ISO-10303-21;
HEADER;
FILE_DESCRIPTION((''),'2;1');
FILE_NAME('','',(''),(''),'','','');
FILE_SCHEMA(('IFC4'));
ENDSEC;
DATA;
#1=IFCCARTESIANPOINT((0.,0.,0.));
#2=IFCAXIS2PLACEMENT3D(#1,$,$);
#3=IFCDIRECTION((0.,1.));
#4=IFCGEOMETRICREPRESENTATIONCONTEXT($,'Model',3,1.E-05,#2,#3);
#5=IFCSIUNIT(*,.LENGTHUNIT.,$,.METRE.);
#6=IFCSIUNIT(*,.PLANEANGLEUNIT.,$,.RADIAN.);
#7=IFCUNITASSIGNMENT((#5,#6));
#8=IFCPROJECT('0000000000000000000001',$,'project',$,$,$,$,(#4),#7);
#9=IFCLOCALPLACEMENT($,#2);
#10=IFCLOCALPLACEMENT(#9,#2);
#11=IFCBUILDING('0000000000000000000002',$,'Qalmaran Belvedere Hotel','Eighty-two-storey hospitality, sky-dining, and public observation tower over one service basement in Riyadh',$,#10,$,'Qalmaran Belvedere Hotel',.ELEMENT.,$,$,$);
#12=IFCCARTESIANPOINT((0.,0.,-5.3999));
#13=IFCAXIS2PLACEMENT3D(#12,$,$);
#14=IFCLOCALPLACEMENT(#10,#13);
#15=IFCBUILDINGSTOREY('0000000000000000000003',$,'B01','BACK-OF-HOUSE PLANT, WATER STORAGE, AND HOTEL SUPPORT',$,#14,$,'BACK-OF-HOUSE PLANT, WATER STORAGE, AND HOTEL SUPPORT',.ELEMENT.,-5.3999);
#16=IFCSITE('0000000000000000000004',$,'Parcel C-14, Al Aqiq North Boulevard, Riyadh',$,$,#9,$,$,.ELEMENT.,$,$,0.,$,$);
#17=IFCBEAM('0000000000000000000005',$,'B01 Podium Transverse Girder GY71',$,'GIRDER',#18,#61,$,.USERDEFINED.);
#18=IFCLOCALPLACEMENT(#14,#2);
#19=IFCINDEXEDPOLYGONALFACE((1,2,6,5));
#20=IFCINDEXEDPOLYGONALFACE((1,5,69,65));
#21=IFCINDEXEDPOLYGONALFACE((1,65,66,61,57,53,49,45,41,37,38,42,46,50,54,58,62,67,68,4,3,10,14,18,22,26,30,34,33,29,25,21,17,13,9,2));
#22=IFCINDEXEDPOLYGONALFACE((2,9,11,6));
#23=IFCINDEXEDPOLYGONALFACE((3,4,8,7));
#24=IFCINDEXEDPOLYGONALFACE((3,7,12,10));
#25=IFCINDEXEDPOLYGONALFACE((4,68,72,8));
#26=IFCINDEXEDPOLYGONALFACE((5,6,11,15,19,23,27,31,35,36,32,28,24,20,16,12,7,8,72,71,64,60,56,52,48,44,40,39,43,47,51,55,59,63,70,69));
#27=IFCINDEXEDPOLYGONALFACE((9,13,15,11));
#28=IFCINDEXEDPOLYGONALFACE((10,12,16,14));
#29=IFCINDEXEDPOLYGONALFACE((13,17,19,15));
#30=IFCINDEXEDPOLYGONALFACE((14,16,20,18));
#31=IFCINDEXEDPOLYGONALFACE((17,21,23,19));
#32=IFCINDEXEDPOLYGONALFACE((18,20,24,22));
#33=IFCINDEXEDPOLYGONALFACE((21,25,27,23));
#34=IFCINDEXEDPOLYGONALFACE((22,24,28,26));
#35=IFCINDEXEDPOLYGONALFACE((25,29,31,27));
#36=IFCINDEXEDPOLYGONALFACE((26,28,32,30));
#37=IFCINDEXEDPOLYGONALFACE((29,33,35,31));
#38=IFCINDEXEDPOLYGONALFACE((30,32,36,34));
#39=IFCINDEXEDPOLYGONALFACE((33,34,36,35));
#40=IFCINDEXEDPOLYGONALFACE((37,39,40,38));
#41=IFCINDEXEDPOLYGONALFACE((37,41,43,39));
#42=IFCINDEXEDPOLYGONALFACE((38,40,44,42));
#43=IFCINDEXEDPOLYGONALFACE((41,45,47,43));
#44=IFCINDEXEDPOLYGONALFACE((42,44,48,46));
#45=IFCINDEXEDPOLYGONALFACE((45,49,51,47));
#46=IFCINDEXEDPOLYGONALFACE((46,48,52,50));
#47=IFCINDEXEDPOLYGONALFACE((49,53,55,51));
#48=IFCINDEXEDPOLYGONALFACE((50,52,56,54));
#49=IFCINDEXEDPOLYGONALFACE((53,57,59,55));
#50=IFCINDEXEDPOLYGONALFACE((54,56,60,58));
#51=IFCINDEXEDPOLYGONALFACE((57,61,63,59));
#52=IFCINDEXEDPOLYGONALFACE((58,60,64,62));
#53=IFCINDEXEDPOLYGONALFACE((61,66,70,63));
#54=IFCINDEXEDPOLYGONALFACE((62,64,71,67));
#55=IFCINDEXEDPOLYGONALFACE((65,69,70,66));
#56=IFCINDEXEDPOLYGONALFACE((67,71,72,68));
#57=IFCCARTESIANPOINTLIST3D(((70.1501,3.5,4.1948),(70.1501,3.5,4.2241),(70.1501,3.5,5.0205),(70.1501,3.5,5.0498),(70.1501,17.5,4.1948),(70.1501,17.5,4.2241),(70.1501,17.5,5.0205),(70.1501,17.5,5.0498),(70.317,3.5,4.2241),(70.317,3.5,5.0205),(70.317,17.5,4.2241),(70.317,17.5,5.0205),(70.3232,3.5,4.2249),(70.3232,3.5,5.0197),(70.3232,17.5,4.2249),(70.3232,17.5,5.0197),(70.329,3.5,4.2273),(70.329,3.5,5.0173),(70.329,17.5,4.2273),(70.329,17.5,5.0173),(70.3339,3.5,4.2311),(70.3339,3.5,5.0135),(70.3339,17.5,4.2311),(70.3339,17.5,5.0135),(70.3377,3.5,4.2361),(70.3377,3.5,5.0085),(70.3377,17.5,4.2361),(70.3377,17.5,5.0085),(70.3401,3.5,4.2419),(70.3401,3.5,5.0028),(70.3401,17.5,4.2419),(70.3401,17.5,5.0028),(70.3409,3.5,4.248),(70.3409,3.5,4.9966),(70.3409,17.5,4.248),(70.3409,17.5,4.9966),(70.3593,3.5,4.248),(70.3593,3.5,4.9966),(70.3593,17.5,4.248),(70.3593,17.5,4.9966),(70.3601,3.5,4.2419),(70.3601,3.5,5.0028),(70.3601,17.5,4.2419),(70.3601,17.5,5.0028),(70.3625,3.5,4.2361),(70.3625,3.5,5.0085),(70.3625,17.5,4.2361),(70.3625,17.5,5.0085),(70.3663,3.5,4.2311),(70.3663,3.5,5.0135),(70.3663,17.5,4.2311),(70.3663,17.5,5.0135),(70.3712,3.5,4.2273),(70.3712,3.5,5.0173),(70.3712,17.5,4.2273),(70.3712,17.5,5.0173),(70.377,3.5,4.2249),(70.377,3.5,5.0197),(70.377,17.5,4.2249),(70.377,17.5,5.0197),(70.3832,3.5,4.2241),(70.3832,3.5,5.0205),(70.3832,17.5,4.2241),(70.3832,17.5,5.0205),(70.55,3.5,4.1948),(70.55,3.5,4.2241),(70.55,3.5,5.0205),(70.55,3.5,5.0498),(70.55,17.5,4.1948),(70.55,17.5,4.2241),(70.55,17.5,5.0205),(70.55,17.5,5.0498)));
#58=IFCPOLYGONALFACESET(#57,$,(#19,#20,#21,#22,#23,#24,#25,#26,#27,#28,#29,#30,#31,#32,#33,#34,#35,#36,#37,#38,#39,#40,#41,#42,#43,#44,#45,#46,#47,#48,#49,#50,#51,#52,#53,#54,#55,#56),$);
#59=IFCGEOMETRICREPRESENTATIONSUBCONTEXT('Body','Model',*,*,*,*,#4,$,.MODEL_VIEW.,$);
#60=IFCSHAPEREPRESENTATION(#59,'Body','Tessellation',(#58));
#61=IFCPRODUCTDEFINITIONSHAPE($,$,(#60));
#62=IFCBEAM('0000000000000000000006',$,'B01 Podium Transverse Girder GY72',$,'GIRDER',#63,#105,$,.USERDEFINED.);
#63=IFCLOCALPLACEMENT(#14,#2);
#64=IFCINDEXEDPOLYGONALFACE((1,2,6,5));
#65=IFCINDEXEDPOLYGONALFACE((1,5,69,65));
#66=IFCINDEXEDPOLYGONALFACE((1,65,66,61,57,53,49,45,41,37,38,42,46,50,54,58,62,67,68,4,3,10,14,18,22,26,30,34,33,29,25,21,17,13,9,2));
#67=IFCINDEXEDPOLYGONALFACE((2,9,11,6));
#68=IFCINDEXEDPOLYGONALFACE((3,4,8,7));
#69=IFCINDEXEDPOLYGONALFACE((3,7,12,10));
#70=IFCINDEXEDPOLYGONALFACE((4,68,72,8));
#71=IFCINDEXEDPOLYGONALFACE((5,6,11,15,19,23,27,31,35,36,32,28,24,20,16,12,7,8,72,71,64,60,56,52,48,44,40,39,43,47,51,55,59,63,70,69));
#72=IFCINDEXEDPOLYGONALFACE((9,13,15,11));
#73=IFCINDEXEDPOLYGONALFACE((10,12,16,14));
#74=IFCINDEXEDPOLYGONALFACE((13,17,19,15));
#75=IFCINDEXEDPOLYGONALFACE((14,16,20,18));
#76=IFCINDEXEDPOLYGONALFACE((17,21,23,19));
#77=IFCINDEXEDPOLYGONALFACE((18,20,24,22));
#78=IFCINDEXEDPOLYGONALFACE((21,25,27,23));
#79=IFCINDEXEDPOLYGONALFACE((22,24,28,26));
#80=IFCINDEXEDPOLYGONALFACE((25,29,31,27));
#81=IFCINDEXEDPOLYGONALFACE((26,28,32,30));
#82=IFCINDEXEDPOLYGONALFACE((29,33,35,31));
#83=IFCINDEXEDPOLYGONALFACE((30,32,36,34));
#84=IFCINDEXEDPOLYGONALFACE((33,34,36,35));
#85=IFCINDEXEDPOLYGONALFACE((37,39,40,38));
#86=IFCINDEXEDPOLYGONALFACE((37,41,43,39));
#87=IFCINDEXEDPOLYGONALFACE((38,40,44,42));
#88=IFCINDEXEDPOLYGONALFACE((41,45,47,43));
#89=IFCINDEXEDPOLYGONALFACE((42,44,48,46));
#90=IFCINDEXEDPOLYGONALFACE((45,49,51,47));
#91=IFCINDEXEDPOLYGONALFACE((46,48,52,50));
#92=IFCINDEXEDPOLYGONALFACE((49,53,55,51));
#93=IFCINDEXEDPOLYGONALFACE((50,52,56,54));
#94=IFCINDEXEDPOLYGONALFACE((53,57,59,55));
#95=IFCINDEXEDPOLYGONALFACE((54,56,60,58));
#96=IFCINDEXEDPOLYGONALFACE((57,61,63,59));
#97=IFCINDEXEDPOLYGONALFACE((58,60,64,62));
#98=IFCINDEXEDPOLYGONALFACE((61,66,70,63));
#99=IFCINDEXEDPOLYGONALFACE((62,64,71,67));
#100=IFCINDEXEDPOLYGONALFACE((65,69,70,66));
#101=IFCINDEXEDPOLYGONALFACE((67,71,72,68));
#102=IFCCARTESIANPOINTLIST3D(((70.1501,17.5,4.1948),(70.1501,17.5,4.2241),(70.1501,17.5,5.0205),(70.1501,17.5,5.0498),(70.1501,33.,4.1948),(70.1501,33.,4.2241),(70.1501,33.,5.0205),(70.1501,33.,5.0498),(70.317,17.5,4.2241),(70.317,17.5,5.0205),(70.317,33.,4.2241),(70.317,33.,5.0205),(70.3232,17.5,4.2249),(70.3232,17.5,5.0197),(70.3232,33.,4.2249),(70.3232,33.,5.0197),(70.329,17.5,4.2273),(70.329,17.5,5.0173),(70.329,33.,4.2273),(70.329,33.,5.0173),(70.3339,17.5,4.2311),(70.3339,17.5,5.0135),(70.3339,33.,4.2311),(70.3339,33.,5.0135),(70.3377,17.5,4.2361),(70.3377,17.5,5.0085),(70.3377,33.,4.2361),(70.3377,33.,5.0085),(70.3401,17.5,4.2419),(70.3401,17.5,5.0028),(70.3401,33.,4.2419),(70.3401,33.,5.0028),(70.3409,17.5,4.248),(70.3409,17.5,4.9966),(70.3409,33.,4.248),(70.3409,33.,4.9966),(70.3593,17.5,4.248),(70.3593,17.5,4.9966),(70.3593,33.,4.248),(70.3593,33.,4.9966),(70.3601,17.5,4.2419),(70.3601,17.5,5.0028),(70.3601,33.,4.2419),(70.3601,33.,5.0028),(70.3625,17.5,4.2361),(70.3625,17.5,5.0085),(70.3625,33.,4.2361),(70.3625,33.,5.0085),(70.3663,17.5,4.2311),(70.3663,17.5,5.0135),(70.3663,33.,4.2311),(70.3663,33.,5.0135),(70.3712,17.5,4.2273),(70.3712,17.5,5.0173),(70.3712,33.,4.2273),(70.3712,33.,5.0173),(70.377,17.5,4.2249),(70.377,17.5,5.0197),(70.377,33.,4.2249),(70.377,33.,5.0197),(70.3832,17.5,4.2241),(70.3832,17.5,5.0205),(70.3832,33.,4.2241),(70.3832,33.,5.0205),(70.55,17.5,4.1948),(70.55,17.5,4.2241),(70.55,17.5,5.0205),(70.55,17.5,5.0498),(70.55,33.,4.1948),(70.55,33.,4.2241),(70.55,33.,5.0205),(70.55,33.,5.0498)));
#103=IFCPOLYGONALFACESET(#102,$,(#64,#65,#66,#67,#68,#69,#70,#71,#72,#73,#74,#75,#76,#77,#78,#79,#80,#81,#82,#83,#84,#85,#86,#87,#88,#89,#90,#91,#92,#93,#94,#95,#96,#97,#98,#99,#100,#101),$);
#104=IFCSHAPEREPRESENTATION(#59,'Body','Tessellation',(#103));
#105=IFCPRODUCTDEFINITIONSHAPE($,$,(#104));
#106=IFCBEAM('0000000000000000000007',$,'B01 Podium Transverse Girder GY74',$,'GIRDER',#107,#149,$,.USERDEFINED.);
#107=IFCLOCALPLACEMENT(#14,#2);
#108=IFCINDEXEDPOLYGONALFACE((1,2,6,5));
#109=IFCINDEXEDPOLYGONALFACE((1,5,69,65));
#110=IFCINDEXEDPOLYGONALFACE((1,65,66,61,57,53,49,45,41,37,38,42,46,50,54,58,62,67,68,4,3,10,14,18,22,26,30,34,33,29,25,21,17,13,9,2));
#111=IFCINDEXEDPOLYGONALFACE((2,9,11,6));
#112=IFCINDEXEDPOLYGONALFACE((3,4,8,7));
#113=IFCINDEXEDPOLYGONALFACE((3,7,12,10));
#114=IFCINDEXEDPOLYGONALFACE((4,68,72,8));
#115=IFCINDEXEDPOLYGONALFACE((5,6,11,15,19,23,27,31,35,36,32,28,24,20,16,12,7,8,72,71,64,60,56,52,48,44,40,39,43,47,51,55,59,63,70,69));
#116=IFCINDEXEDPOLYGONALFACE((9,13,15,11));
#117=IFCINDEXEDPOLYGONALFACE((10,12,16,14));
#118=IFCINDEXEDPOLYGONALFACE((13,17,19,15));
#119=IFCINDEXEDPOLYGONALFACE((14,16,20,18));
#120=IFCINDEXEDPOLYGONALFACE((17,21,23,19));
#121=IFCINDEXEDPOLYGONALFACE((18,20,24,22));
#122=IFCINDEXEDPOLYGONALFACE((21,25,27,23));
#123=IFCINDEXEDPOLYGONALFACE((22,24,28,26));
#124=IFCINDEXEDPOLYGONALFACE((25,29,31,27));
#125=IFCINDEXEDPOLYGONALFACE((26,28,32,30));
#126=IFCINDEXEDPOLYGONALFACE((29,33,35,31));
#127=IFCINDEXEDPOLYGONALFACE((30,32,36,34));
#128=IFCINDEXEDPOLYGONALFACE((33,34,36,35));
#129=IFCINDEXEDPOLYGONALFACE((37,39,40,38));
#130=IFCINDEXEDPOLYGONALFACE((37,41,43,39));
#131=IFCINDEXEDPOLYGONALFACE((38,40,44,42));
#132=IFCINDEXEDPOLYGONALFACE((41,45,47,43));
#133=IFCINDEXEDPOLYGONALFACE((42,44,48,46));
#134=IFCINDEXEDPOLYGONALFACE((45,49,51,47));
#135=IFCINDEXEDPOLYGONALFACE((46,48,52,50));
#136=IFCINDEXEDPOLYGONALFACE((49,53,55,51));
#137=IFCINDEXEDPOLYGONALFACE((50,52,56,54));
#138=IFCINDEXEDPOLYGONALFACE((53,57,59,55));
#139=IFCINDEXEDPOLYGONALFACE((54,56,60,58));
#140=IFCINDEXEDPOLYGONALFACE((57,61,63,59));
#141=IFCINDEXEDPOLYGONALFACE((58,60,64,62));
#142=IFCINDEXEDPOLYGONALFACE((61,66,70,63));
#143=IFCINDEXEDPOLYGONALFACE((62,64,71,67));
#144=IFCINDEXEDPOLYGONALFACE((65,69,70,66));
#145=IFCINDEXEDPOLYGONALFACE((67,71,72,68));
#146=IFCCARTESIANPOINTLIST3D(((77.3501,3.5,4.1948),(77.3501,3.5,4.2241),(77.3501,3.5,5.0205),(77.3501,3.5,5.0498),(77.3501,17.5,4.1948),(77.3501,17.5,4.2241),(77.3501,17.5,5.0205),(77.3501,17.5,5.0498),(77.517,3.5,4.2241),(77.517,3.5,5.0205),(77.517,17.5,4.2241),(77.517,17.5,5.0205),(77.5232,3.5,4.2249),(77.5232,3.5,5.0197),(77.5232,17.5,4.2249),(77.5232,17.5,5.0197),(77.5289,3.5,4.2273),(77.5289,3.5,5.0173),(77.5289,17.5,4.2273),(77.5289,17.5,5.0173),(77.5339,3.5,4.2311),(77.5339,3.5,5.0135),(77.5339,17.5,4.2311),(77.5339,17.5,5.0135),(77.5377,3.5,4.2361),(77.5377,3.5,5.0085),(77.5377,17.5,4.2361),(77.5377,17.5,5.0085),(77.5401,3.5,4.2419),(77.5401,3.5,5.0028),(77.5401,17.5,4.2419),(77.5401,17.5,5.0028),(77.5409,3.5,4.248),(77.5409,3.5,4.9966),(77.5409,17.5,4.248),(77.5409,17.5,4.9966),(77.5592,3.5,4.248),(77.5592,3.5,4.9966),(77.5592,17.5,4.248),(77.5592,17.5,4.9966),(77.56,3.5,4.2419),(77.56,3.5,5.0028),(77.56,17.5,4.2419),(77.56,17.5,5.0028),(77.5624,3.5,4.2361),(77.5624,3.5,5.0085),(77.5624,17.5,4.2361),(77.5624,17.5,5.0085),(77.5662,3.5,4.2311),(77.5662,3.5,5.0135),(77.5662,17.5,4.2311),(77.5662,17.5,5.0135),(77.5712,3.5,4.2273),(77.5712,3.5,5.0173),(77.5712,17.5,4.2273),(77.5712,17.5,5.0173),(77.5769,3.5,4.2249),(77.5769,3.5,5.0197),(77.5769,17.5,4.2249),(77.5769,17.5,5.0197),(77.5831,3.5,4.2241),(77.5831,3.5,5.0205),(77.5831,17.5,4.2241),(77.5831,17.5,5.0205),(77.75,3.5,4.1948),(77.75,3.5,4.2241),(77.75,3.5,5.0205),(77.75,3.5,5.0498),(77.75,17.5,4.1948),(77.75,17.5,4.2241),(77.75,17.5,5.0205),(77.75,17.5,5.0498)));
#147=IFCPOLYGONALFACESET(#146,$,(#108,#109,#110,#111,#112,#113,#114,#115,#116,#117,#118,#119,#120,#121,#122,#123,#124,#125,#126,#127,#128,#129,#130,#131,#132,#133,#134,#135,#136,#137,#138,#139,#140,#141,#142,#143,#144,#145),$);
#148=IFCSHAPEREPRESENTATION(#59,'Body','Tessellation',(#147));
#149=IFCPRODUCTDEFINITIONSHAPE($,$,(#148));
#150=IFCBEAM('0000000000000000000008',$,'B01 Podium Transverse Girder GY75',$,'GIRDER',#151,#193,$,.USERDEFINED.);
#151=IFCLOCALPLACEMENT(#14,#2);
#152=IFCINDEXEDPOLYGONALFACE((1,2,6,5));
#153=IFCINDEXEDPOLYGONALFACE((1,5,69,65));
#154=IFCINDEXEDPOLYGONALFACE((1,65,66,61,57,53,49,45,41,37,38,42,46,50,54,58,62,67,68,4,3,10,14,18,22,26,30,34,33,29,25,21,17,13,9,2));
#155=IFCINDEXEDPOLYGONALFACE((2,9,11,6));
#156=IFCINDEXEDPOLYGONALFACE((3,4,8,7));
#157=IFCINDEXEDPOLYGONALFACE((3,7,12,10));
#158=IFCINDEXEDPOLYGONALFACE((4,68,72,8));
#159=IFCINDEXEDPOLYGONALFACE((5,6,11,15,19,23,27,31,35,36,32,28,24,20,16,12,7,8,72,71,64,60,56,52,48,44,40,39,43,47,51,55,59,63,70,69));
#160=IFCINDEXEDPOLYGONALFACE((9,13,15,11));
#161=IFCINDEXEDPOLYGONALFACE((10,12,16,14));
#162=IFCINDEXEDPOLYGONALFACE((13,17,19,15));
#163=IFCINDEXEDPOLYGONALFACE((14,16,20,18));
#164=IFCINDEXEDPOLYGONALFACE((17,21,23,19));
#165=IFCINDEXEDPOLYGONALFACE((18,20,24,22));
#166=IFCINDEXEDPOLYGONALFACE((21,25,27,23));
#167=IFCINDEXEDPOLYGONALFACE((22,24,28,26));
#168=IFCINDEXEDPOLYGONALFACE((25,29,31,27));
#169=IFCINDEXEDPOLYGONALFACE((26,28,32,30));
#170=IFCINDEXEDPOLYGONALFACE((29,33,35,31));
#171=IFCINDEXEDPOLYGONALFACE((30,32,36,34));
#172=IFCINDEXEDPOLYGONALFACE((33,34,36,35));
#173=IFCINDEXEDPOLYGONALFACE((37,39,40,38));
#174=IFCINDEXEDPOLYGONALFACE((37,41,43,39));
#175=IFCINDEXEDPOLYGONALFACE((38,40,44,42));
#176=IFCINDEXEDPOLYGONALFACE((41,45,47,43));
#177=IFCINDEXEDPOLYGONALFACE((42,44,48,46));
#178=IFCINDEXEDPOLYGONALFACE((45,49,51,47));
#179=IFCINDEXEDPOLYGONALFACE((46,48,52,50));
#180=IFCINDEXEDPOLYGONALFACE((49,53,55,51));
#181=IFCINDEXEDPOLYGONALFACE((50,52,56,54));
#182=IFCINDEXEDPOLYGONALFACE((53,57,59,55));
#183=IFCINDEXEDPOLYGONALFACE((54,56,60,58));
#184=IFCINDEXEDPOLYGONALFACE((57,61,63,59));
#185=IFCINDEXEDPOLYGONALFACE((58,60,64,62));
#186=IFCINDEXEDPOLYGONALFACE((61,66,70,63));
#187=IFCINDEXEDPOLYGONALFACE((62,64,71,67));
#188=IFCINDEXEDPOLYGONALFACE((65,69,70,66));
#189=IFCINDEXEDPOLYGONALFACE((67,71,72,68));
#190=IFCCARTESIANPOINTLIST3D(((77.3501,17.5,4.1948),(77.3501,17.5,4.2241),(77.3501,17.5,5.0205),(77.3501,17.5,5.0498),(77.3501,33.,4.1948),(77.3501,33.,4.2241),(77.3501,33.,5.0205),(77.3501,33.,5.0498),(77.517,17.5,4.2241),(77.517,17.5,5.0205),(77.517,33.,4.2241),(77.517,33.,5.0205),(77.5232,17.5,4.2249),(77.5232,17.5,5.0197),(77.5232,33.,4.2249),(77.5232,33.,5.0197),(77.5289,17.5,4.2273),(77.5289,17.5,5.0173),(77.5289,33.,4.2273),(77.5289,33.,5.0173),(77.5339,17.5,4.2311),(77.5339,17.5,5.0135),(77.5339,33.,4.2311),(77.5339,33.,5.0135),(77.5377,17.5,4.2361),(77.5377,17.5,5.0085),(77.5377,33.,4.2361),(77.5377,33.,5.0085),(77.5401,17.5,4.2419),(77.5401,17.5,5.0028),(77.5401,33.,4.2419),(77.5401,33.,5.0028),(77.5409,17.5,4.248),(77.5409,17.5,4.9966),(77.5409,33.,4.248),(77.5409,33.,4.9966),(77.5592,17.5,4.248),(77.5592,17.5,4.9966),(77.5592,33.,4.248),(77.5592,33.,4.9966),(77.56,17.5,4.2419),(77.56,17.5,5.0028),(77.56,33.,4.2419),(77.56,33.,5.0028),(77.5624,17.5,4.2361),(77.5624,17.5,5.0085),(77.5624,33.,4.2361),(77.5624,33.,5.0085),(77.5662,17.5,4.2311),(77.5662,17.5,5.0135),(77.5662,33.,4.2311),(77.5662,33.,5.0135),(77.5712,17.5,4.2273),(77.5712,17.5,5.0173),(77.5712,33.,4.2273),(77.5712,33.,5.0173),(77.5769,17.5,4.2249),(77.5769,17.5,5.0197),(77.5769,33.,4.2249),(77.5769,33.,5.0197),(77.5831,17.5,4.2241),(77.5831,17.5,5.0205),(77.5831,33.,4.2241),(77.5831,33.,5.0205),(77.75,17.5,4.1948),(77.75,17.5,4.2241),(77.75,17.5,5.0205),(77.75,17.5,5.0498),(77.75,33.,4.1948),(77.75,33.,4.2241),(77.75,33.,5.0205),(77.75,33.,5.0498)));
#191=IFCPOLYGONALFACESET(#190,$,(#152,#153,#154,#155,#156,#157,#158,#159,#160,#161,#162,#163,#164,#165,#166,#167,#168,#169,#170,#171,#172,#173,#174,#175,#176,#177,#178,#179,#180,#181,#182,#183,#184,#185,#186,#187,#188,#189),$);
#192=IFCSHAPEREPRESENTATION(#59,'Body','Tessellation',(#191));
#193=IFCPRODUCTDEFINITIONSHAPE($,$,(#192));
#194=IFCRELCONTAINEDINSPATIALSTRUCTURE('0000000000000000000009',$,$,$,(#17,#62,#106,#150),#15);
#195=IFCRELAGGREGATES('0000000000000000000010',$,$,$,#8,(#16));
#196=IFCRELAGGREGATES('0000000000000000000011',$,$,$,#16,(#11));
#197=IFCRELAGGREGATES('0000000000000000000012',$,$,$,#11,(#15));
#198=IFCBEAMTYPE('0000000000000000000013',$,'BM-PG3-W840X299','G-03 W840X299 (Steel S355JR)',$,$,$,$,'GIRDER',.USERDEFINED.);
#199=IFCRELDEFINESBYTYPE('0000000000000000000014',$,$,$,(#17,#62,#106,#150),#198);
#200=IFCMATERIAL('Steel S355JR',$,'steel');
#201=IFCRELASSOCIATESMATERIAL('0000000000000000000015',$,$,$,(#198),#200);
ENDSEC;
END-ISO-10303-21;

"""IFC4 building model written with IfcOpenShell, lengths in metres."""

from ifc_helpers import new_model, si_unit, direction, frame, origin, origin_2d, place, context, subcontext, project, spatial, i_section, extrude, material, material_profile, profile_set, type_object, element, save


model = new_model("IFC4")

# Units and contexts
model_context = context("Model", 3, precision=1e-05, world=origin(), true_north=direction((0.0, 1.0)))
body_context = subcontext(model_context, "Body", "Model", "MODEL_VIEW")
ifc_project = project(units=[si_unit("LENGTHUNIT", "METRE"), si_unit("PLANEANGLEUNIT", "RADIAN")], contexts=[model_context])

# Site, building, storey
site_placement = place(None, origin())
site = spatial("IfcSite", under=ifc_project, at=site_placement, Name="Parcel C-14, Al Aqiq North Boulevard, Riyadh", CompositionType="ELEMENT", RefElevation=0.0)
building_placement = place(site_placement, origin())
building = spatial("IfcBuilding", under=site, at=building_placement, Name="Qalmaran Belvedere Hotel", Description="Eighty-two-storey hospitality, sky-dining, and public observation tower over one service basement in Riyadh", LongName="Qalmaran Belvedere Hotel", CompositionType="ELEMENT")
storey_placement = place(building_placement, frame((0.0, 0.0, -5.3999)))
storey = spatial("IfcBuildingStorey", under=building, at=storey_placement, Name="B01", Description="BACK-OF-HOUSE PLANT, WATER STORAGE, AND HOTEL SUPPORT", LongName="BACK-OF-HOUSE PLANT, WATER STORAGE, AND HOTEL SUPPORT", CompositionType="ELEMENT", Elevation=-5.3999)

# Beams
ifc_material_1 = material(Name="Steel S355JR", Category="steel")
ifc_material_profile_1 = material_profile(ifc_material_1, i_section(OverallWidth=0.3999, OverallDepth=0.855, WebThickness=0.0183, FlangeThickness=0.0293, FilletRadius=0.0239, at=origin_2d()), Name="W840X299")
ifc_profile_set_1 = profile_set([ifc_material_profile_1], Name="Steel S355JR")
beam_type_1 = type_object("IfcBeamType", Name="BM-PG3-W840X299", Description="G-03 W840X299 (Steel S355JR)", ElementType="GIRDER", PredefinedType="USERDEFINED", material=ifc_profile_set_1)
beam_1_placement = place(storey_placement, frame((70.3501, 3.5, 4.6223), z_axis=(0.0, 1.0, 0.0), x_axis=(-1.0, 0.0, 0.0)))
element("IfcBeam", 1, at=beam_1_placement, inside=storey, type_object=beam_type_1, Name="B01 Podium Transverse Girder GY71", ObjectType="GIRDER", PredefinedType="USERDEFINED", context=body_context, shape_type="SweptSolid", body=[
    extrude(i_section(OverallWidth=0.3999, OverallDepth=0.855, WebThickness=0.0183, FlangeThickness=0.0293, FilletRadius=0.0239, at=origin_2d()), origin(), (0.0, 0.0, 1.0), 14.0),
])
beam_2_placement = place(storey_placement, frame((70.3501, 17.5, 4.6223), z_axis=(0.0, 1.0, 0.0), x_axis=(-1.0, 0.0, 0.0)))
element("IfcBeam", 2, at=beam_2_placement, inside=storey, type_object=beam_type_1, Name="B01 Podium Transverse Girder GY72", ObjectType="GIRDER", PredefinedType="USERDEFINED", context=body_context, shape_type="SweptSolid", body=[
    extrude(i_section(OverallWidth=0.3999, OverallDepth=0.855, WebThickness=0.0183, FlangeThickness=0.0293, FilletRadius=0.0239, at=origin_2d()), origin(), (0.0, 0.0, 1.0), 15.5),
])
beam_3_placement = place(storey_placement, frame((77.55, 3.5, 4.6223), z_axis=(0.0, 1.0, 0.0), x_axis=(-1.0, 0.0, 0.0)))
element("IfcBeam", 3, at=beam_3_placement, inside=storey, type_object=beam_type_1, Name="B01 Podium Transverse Girder GY74", ObjectType="GIRDER", PredefinedType="USERDEFINED", context=body_context, shape_type="SweptSolid", body=[
    extrude(i_section(OverallWidth=0.3999, OverallDepth=0.855, WebThickness=0.0183, FlangeThickness=0.0293, FilletRadius=0.0239, at=origin_2d()), origin(), (0.0, 0.0, 1.0), 14.0),
])
beam_4_placement = place(storey_placement, frame((77.55, 17.5, 4.6223), z_axis=(0.0, 1.0, 0.0), x_axis=(-1.0, 0.0, 0.0)))
element("IfcBeam", 4, at=beam_4_placement, inside=storey, type_object=beam_type_1, Name="B01 Podium Transverse Girder GY75", ObjectType="GIRDER", PredefinedType="USERDEFINED", context=body_context, shape_type="SweptSolid", body=[
    extrude(i_section(OverallWidth=0.3999, OverallDepth=0.855, WebThickness=0.0183, FlangeThickness=0.0293, FilletRadius=0.0239, at=origin_2d()), origin(), (0.0, 0.0, 1.0), 15.5),
])

save(model, "model.ifc")
